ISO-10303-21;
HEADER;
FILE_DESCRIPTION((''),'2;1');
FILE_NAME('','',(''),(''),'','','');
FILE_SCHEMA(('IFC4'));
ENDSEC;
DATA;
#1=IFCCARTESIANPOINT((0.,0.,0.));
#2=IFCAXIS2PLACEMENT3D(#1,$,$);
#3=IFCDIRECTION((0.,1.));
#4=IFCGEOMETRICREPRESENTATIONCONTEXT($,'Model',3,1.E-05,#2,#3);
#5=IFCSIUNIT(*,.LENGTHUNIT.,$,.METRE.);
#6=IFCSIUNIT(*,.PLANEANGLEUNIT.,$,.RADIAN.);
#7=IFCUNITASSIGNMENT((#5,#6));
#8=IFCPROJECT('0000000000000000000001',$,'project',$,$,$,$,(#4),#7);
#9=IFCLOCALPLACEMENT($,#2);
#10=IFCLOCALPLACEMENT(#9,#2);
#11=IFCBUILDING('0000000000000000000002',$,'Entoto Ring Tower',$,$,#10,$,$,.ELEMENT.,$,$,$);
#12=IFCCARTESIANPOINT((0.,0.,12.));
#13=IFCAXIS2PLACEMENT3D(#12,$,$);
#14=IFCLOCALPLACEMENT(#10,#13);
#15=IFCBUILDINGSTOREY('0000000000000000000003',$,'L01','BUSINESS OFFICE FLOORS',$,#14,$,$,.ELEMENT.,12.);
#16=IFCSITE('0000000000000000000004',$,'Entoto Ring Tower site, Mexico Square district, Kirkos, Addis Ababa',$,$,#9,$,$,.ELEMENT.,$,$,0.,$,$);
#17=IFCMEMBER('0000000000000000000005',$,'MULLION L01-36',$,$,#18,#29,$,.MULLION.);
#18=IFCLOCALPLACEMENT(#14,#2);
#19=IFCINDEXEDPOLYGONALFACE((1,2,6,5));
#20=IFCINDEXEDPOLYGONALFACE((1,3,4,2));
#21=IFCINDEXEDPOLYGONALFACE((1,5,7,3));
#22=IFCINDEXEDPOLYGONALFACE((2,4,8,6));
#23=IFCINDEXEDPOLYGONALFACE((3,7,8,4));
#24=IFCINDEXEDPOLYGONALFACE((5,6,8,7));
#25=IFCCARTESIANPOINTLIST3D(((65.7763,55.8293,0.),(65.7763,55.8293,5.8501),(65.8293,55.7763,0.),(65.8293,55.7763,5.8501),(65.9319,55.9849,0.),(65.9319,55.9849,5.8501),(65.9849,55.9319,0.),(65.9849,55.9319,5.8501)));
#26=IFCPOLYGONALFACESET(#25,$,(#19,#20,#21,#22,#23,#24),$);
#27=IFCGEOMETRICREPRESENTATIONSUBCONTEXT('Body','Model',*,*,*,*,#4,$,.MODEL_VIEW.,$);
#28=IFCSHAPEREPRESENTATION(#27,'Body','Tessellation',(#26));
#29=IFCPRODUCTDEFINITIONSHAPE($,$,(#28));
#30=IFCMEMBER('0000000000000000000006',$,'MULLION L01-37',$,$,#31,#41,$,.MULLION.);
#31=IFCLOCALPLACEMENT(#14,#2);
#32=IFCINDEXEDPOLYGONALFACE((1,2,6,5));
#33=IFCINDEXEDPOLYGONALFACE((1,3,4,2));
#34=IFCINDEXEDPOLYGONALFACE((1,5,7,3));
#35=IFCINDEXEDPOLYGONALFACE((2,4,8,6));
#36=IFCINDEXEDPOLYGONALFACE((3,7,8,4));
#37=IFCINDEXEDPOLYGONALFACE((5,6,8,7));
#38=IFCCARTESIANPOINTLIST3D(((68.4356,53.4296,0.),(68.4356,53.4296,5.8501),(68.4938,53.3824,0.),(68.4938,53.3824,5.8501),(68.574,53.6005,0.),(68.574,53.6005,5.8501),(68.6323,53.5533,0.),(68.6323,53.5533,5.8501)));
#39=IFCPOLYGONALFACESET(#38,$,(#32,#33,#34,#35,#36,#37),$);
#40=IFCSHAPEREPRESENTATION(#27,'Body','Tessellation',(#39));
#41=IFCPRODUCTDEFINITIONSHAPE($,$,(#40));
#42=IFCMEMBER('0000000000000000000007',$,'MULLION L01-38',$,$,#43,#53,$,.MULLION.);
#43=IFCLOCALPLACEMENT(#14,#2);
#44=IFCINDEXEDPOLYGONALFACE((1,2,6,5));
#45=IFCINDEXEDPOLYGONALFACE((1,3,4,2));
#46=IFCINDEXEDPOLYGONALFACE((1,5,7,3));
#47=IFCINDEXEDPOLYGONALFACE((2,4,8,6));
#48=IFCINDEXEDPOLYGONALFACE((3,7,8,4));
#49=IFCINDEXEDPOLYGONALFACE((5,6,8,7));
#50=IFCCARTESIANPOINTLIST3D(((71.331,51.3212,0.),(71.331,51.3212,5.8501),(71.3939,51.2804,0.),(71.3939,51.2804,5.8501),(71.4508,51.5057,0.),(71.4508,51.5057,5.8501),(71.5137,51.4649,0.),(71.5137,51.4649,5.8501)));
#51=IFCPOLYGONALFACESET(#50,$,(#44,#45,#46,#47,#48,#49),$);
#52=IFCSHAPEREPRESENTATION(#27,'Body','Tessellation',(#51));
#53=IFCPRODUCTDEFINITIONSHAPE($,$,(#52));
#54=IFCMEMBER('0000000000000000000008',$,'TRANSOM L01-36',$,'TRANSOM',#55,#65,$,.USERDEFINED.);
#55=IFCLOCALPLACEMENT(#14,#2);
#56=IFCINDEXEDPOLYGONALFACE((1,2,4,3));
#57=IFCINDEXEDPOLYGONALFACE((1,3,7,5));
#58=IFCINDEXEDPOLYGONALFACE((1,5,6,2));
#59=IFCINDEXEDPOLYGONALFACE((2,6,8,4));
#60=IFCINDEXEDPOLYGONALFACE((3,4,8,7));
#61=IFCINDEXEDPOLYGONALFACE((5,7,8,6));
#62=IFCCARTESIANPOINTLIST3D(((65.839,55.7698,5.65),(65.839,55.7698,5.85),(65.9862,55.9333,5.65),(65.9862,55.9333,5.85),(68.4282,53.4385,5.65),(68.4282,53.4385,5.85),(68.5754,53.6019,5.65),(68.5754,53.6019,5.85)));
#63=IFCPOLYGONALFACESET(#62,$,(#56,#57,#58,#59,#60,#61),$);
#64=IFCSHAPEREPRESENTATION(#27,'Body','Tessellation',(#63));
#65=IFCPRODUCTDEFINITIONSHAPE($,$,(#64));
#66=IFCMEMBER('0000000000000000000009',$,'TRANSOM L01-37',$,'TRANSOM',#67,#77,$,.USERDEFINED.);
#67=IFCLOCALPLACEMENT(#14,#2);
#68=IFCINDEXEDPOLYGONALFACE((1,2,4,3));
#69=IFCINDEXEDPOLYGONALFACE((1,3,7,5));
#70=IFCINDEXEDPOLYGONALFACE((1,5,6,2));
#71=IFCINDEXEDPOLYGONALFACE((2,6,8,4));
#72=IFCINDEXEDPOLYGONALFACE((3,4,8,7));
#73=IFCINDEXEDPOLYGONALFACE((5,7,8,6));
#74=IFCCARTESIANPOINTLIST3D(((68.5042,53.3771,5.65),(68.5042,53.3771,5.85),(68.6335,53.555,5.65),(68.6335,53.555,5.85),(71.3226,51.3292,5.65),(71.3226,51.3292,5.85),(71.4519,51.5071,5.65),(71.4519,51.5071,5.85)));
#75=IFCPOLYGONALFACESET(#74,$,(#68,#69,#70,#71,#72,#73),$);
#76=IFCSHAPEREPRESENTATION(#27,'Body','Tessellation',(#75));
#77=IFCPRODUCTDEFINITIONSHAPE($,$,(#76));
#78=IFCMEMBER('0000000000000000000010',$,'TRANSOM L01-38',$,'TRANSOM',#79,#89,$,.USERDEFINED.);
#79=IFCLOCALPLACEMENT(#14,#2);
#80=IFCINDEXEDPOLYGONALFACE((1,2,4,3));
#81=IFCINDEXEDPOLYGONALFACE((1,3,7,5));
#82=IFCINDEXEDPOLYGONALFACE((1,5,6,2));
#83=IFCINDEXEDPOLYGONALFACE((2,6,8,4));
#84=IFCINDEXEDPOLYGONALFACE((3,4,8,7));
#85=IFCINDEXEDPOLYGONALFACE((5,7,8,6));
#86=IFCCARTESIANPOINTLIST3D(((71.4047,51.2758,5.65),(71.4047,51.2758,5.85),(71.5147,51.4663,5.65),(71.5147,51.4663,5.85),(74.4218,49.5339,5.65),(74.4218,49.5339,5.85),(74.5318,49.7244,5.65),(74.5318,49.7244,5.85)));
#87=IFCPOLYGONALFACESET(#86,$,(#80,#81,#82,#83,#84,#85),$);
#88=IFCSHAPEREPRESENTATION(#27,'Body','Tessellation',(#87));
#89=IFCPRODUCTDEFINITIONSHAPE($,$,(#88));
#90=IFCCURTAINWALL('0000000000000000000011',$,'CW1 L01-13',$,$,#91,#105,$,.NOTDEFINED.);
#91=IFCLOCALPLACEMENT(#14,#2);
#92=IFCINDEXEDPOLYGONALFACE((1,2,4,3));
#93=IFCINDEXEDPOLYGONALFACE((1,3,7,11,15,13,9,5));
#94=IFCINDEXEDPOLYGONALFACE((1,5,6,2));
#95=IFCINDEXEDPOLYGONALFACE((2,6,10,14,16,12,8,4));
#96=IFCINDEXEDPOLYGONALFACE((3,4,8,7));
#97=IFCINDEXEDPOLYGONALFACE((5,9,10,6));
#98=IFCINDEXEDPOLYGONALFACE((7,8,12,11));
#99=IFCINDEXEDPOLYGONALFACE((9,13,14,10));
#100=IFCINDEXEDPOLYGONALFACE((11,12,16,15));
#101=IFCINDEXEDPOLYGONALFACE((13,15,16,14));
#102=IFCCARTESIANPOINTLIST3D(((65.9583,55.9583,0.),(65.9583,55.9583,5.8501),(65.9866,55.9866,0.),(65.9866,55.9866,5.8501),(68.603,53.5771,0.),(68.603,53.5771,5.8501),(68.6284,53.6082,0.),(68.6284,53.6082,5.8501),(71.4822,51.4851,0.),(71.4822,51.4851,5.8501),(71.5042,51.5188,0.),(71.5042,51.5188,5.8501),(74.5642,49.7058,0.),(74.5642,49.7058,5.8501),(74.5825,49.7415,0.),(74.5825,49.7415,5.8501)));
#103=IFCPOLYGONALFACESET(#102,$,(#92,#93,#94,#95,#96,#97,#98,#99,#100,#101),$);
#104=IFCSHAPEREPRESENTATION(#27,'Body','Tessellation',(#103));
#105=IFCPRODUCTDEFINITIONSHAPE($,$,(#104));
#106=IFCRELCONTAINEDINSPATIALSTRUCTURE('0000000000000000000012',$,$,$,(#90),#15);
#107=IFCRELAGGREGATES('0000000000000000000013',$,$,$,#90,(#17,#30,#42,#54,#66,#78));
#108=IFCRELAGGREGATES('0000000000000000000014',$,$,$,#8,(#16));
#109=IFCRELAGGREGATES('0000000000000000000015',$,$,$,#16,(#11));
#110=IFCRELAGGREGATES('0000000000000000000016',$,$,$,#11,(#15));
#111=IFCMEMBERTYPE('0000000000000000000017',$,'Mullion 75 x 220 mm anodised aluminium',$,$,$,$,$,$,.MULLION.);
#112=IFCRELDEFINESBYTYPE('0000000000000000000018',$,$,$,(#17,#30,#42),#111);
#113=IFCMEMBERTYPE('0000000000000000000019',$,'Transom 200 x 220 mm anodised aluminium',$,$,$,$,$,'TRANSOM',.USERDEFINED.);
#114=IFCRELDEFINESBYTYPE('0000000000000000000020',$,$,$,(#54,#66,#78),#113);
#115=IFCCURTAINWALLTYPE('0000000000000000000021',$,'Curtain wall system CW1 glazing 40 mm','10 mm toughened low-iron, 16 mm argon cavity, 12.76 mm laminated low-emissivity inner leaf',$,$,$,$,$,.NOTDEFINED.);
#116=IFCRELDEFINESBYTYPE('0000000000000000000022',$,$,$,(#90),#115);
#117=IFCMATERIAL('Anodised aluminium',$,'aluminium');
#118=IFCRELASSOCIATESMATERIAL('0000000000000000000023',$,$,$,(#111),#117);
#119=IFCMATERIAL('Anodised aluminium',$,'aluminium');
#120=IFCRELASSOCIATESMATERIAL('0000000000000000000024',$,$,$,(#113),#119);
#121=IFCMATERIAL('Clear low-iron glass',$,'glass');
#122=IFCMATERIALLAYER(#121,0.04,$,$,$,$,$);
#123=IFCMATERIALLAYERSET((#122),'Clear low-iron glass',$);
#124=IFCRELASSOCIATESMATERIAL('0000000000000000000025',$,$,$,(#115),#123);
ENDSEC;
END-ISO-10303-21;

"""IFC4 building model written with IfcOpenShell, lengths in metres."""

from ifc_helpers import new_model, si_unit, direction, frame, origin, origin_2d, place, context, subcontext, project, spatial, polyline, rectangle, outline, extrude, material, layer, layer_set, material_profile, profile_set, type_object, element, aggregate, save


model = new_model("IFC4")

# Units and contexts
model_context = context("Model", 3, precision=1e-05, world=origin(), true_north=direction((0.0, 1.0)))
body_context = subcontext(model_context, "Body", "Model", "MODEL_VIEW")
ifc_project = project(units=[si_unit("LENGTHUNIT", "METRE"), si_unit("PLANEANGLEUNIT", "RADIAN")], contexts=[model_context])

# Members
ifc_material_1 = material(Name="Anodised aluminium", Category="aluminium")
ifc_material_profile_1 = material_profile(ifc_material_1, rectangle(XDim=0.075, YDim=0.22, at=origin_2d()), Name="Mullion 75 x 220 mm anodised aluminium")
ifc_profile_set_1 = profile_set([ifc_material_profile_1], Name="Anodised aluminium")
member_type_1 = type_object("IfcMemberType", Name="Mullion 75 x 220 mm anodised aluminium", PredefinedType="MULLION", material=ifc_profile_set_1)
site_placement = place(None, origin())
building_placement = place(site_placement, origin())
storey_placement = place(building_placement, frame((0.0, 0.0, 12.0)))
member_1_placement = place(storey_placement, frame((65.8806, 55.8806, 0.0), z_axis=(0.0, 0.0, 1.0), x_axis=(0.707107, -0.707107, 0.0)))
member_1 = element("IfcMember", 1, at=member_1_placement, type_object=member_type_1, Name="MULLION L01-36", PredefinedType="MULLION", context=body_context, shape_type="SweptSolid", body=[
    extrude(rectangle(XDim=0.075, YDim=0.22, at=origin_2d()), origin(), (0.0, 0.0, 1.0), 5.8501),
])
member_2_placement = place(storey_placement, frame((68.5339, 53.4915, 0.0), z_axis=(0.0, 0.0, 1.0), x_axis=(0.777146, -0.62932, 0.0)))
member_2 = element("IfcMember", 2, at=member_2_placement, type_object=member_type_1, Name="MULLION L01-37", PredefinedType="MULLION", context=body_context, shape_type="SweptSolid", body=[
    extrude(rectangle(XDim=0.075, YDim=0.22, at=origin_2d()), origin(), (0.0, 0.0, 1.0), 5.8501),
])
member_3_placement = place(storey_placement, frame((71.4224, 51.3931, 0.0), z_axis=(0.0, 0.0, 1.0), x_axis=(0.838671, -0.544639, 0.0)))
member_3 = element("IfcMember", 3, at=member_3_placement, type_object=member_type_1, Name="MULLION L01-38", PredefinedType="MULLION", context=body_context, shape_type="SweptSolid", body=[
    extrude(rectangle(XDim=0.075, YDim=0.22, at=origin_2d()), origin(), (0.0, 0.0, 1.0), 5.8501),
])
ifc_material_2 = material(Name="Anodised aluminium", Category="aluminium")
ifc_material_profile_2 = material_profile(ifc_material_2, rectangle(XDim=0.22, YDim=0.2, at=origin_2d()), Name="Transom 200 x 220 mm anodised aluminium")
ifc_profile_set_2 = profile_set([ifc_material_profile_2], Name="Anodised aluminium")
member_type_2 = type_object("IfcMemberType", Name="Transom 200 x 220 mm anodised aluminium", ElementType="TRANSOM", PredefinedType="USERDEFINED", material=ifc_profile_set_2)
member_4_placement = place(storey_placement, frame((65.9126, 55.8516, 5.75), z_axis=(0.743137, -0.669139, 0.0), x_axis=(0.669139, 0.743137, 0.0)))
member_4 = element("IfcMember", 4, at=member_4_placement, type_object=member_type_2, Name="TRANSOM L01-36", ObjectType="TRANSOM", PredefinedType="USERDEFINED", context=body_context, shape_type="SweptSolid", body=[
    extrude(rectangle(XDim=0.22, YDim=0.2, at=origin_2d()), origin(), (0.0, 0.0, 1.0), 3.4841),
])
member_5_placement = place(storey_placement, frame((68.5688, 53.4661, 5.75), z_axis=(0.808991, -0.587822, 0.0), x_axis=(0.587822, 0.808991, 0.0)))
member_5 = element("IfcMember", 5, at=member_5_placement, type_object=member_type_2, Name="TRANSOM L01-37", ObjectType="TRANSOM", PredefinedType="USERDEFINED", context=body_context, shape_type="SweptSolid", body=[
    extrude(rectangle(XDim=0.22, YDim=0.2, at=origin_2d()), origin(), (0.0, 0.0, 1.0), 3.4839),
])
member_6_placement = place(storey_placement, frame((71.4597, 51.3711, 5.75), z_axis=(0.866022, -0.500006, 0.0), x_axis=(0.500006, 0.866022, 0.0)))
member_6 = element("IfcMember", 6, at=member_6_placement, type_object=member_type_2, Name="TRANSOM L01-38", ObjectType="TRANSOM", PredefinedType="USERDEFINED", context=body_context, shape_type="SweptSolid", body=[
    extrude(rectangle(XDim=0.22, YDim=0.2, at=origin_2d()), origin(), (0.0, 0.0, 1.0), 3.4839),
])

# Site, building, storey
site = spatial("IfcSite", under=ifc_project, at=site_placement, Name="Entoto Ring Tower site, Mexico Square district, Kirkos, Addis Ababa", CompositionType="ELEMENT", RefElevation=0.0)
building = spatial("IfcBuilding", under=site, at=building_placement, Name="Entoto Ring Tower", CompositionType="ELEMENT")
storey = spatial("IfcBuildingStorey", under=building, at=storey_placement, Name="L01", Description="BUSINESS OFFICE FLOORS", CompositionType="ELEMENT", Elevation=12.0)

# Curtain wall
ifc_material_3 = material(Name="Clear low-iron glass", Category="glass")
ifc_layer = layer(ifc_material_3, 0.04)
ifc_layer_set = layer_set([ifc_layer], Name="Clear low-iron glass")
curtain_wall_type = type_object("IfcCurtainWallType", Name="Curtain wall system CW1 glazing 40 mm", Description="10 mm toughened low-iron, 16 mm argon cavity, 12.76 mm laminated low-emissivity inner leaf", PredefinedType="NOTDEFINED", material=ifc_layer_set)
curtain_wall_1_placement = place(storey_placement, origin())
curtain_wall_1 = element("IfcCurtainWall", 7, at=curtain_wall_1_placement, inside=storey, type_object=curtain_wall_type, Name="CW1 L01-13", PredefinedType="NOTDEFINED", context=body_context, shape_type="SweptSolid", body=[
    extrude(outline(polyline([(65.9583, 55.9583), (68.603, 53.5771), (71.4822, 51.4851), (74.5642, 49.7058), (74.5825, 49.7415), (71.5042, 51.5188), (68.6284, 53.6082), (65.9866, 55.9866), (65.9583, 55.9583)])), origin(), (0.0, 0.0, 1.0), 5.8501),
])
aggregate(curtain_wall_1, [member_1, member_2, member_3, member_4, member_5, member_6])

save(model, "model.ifc")
